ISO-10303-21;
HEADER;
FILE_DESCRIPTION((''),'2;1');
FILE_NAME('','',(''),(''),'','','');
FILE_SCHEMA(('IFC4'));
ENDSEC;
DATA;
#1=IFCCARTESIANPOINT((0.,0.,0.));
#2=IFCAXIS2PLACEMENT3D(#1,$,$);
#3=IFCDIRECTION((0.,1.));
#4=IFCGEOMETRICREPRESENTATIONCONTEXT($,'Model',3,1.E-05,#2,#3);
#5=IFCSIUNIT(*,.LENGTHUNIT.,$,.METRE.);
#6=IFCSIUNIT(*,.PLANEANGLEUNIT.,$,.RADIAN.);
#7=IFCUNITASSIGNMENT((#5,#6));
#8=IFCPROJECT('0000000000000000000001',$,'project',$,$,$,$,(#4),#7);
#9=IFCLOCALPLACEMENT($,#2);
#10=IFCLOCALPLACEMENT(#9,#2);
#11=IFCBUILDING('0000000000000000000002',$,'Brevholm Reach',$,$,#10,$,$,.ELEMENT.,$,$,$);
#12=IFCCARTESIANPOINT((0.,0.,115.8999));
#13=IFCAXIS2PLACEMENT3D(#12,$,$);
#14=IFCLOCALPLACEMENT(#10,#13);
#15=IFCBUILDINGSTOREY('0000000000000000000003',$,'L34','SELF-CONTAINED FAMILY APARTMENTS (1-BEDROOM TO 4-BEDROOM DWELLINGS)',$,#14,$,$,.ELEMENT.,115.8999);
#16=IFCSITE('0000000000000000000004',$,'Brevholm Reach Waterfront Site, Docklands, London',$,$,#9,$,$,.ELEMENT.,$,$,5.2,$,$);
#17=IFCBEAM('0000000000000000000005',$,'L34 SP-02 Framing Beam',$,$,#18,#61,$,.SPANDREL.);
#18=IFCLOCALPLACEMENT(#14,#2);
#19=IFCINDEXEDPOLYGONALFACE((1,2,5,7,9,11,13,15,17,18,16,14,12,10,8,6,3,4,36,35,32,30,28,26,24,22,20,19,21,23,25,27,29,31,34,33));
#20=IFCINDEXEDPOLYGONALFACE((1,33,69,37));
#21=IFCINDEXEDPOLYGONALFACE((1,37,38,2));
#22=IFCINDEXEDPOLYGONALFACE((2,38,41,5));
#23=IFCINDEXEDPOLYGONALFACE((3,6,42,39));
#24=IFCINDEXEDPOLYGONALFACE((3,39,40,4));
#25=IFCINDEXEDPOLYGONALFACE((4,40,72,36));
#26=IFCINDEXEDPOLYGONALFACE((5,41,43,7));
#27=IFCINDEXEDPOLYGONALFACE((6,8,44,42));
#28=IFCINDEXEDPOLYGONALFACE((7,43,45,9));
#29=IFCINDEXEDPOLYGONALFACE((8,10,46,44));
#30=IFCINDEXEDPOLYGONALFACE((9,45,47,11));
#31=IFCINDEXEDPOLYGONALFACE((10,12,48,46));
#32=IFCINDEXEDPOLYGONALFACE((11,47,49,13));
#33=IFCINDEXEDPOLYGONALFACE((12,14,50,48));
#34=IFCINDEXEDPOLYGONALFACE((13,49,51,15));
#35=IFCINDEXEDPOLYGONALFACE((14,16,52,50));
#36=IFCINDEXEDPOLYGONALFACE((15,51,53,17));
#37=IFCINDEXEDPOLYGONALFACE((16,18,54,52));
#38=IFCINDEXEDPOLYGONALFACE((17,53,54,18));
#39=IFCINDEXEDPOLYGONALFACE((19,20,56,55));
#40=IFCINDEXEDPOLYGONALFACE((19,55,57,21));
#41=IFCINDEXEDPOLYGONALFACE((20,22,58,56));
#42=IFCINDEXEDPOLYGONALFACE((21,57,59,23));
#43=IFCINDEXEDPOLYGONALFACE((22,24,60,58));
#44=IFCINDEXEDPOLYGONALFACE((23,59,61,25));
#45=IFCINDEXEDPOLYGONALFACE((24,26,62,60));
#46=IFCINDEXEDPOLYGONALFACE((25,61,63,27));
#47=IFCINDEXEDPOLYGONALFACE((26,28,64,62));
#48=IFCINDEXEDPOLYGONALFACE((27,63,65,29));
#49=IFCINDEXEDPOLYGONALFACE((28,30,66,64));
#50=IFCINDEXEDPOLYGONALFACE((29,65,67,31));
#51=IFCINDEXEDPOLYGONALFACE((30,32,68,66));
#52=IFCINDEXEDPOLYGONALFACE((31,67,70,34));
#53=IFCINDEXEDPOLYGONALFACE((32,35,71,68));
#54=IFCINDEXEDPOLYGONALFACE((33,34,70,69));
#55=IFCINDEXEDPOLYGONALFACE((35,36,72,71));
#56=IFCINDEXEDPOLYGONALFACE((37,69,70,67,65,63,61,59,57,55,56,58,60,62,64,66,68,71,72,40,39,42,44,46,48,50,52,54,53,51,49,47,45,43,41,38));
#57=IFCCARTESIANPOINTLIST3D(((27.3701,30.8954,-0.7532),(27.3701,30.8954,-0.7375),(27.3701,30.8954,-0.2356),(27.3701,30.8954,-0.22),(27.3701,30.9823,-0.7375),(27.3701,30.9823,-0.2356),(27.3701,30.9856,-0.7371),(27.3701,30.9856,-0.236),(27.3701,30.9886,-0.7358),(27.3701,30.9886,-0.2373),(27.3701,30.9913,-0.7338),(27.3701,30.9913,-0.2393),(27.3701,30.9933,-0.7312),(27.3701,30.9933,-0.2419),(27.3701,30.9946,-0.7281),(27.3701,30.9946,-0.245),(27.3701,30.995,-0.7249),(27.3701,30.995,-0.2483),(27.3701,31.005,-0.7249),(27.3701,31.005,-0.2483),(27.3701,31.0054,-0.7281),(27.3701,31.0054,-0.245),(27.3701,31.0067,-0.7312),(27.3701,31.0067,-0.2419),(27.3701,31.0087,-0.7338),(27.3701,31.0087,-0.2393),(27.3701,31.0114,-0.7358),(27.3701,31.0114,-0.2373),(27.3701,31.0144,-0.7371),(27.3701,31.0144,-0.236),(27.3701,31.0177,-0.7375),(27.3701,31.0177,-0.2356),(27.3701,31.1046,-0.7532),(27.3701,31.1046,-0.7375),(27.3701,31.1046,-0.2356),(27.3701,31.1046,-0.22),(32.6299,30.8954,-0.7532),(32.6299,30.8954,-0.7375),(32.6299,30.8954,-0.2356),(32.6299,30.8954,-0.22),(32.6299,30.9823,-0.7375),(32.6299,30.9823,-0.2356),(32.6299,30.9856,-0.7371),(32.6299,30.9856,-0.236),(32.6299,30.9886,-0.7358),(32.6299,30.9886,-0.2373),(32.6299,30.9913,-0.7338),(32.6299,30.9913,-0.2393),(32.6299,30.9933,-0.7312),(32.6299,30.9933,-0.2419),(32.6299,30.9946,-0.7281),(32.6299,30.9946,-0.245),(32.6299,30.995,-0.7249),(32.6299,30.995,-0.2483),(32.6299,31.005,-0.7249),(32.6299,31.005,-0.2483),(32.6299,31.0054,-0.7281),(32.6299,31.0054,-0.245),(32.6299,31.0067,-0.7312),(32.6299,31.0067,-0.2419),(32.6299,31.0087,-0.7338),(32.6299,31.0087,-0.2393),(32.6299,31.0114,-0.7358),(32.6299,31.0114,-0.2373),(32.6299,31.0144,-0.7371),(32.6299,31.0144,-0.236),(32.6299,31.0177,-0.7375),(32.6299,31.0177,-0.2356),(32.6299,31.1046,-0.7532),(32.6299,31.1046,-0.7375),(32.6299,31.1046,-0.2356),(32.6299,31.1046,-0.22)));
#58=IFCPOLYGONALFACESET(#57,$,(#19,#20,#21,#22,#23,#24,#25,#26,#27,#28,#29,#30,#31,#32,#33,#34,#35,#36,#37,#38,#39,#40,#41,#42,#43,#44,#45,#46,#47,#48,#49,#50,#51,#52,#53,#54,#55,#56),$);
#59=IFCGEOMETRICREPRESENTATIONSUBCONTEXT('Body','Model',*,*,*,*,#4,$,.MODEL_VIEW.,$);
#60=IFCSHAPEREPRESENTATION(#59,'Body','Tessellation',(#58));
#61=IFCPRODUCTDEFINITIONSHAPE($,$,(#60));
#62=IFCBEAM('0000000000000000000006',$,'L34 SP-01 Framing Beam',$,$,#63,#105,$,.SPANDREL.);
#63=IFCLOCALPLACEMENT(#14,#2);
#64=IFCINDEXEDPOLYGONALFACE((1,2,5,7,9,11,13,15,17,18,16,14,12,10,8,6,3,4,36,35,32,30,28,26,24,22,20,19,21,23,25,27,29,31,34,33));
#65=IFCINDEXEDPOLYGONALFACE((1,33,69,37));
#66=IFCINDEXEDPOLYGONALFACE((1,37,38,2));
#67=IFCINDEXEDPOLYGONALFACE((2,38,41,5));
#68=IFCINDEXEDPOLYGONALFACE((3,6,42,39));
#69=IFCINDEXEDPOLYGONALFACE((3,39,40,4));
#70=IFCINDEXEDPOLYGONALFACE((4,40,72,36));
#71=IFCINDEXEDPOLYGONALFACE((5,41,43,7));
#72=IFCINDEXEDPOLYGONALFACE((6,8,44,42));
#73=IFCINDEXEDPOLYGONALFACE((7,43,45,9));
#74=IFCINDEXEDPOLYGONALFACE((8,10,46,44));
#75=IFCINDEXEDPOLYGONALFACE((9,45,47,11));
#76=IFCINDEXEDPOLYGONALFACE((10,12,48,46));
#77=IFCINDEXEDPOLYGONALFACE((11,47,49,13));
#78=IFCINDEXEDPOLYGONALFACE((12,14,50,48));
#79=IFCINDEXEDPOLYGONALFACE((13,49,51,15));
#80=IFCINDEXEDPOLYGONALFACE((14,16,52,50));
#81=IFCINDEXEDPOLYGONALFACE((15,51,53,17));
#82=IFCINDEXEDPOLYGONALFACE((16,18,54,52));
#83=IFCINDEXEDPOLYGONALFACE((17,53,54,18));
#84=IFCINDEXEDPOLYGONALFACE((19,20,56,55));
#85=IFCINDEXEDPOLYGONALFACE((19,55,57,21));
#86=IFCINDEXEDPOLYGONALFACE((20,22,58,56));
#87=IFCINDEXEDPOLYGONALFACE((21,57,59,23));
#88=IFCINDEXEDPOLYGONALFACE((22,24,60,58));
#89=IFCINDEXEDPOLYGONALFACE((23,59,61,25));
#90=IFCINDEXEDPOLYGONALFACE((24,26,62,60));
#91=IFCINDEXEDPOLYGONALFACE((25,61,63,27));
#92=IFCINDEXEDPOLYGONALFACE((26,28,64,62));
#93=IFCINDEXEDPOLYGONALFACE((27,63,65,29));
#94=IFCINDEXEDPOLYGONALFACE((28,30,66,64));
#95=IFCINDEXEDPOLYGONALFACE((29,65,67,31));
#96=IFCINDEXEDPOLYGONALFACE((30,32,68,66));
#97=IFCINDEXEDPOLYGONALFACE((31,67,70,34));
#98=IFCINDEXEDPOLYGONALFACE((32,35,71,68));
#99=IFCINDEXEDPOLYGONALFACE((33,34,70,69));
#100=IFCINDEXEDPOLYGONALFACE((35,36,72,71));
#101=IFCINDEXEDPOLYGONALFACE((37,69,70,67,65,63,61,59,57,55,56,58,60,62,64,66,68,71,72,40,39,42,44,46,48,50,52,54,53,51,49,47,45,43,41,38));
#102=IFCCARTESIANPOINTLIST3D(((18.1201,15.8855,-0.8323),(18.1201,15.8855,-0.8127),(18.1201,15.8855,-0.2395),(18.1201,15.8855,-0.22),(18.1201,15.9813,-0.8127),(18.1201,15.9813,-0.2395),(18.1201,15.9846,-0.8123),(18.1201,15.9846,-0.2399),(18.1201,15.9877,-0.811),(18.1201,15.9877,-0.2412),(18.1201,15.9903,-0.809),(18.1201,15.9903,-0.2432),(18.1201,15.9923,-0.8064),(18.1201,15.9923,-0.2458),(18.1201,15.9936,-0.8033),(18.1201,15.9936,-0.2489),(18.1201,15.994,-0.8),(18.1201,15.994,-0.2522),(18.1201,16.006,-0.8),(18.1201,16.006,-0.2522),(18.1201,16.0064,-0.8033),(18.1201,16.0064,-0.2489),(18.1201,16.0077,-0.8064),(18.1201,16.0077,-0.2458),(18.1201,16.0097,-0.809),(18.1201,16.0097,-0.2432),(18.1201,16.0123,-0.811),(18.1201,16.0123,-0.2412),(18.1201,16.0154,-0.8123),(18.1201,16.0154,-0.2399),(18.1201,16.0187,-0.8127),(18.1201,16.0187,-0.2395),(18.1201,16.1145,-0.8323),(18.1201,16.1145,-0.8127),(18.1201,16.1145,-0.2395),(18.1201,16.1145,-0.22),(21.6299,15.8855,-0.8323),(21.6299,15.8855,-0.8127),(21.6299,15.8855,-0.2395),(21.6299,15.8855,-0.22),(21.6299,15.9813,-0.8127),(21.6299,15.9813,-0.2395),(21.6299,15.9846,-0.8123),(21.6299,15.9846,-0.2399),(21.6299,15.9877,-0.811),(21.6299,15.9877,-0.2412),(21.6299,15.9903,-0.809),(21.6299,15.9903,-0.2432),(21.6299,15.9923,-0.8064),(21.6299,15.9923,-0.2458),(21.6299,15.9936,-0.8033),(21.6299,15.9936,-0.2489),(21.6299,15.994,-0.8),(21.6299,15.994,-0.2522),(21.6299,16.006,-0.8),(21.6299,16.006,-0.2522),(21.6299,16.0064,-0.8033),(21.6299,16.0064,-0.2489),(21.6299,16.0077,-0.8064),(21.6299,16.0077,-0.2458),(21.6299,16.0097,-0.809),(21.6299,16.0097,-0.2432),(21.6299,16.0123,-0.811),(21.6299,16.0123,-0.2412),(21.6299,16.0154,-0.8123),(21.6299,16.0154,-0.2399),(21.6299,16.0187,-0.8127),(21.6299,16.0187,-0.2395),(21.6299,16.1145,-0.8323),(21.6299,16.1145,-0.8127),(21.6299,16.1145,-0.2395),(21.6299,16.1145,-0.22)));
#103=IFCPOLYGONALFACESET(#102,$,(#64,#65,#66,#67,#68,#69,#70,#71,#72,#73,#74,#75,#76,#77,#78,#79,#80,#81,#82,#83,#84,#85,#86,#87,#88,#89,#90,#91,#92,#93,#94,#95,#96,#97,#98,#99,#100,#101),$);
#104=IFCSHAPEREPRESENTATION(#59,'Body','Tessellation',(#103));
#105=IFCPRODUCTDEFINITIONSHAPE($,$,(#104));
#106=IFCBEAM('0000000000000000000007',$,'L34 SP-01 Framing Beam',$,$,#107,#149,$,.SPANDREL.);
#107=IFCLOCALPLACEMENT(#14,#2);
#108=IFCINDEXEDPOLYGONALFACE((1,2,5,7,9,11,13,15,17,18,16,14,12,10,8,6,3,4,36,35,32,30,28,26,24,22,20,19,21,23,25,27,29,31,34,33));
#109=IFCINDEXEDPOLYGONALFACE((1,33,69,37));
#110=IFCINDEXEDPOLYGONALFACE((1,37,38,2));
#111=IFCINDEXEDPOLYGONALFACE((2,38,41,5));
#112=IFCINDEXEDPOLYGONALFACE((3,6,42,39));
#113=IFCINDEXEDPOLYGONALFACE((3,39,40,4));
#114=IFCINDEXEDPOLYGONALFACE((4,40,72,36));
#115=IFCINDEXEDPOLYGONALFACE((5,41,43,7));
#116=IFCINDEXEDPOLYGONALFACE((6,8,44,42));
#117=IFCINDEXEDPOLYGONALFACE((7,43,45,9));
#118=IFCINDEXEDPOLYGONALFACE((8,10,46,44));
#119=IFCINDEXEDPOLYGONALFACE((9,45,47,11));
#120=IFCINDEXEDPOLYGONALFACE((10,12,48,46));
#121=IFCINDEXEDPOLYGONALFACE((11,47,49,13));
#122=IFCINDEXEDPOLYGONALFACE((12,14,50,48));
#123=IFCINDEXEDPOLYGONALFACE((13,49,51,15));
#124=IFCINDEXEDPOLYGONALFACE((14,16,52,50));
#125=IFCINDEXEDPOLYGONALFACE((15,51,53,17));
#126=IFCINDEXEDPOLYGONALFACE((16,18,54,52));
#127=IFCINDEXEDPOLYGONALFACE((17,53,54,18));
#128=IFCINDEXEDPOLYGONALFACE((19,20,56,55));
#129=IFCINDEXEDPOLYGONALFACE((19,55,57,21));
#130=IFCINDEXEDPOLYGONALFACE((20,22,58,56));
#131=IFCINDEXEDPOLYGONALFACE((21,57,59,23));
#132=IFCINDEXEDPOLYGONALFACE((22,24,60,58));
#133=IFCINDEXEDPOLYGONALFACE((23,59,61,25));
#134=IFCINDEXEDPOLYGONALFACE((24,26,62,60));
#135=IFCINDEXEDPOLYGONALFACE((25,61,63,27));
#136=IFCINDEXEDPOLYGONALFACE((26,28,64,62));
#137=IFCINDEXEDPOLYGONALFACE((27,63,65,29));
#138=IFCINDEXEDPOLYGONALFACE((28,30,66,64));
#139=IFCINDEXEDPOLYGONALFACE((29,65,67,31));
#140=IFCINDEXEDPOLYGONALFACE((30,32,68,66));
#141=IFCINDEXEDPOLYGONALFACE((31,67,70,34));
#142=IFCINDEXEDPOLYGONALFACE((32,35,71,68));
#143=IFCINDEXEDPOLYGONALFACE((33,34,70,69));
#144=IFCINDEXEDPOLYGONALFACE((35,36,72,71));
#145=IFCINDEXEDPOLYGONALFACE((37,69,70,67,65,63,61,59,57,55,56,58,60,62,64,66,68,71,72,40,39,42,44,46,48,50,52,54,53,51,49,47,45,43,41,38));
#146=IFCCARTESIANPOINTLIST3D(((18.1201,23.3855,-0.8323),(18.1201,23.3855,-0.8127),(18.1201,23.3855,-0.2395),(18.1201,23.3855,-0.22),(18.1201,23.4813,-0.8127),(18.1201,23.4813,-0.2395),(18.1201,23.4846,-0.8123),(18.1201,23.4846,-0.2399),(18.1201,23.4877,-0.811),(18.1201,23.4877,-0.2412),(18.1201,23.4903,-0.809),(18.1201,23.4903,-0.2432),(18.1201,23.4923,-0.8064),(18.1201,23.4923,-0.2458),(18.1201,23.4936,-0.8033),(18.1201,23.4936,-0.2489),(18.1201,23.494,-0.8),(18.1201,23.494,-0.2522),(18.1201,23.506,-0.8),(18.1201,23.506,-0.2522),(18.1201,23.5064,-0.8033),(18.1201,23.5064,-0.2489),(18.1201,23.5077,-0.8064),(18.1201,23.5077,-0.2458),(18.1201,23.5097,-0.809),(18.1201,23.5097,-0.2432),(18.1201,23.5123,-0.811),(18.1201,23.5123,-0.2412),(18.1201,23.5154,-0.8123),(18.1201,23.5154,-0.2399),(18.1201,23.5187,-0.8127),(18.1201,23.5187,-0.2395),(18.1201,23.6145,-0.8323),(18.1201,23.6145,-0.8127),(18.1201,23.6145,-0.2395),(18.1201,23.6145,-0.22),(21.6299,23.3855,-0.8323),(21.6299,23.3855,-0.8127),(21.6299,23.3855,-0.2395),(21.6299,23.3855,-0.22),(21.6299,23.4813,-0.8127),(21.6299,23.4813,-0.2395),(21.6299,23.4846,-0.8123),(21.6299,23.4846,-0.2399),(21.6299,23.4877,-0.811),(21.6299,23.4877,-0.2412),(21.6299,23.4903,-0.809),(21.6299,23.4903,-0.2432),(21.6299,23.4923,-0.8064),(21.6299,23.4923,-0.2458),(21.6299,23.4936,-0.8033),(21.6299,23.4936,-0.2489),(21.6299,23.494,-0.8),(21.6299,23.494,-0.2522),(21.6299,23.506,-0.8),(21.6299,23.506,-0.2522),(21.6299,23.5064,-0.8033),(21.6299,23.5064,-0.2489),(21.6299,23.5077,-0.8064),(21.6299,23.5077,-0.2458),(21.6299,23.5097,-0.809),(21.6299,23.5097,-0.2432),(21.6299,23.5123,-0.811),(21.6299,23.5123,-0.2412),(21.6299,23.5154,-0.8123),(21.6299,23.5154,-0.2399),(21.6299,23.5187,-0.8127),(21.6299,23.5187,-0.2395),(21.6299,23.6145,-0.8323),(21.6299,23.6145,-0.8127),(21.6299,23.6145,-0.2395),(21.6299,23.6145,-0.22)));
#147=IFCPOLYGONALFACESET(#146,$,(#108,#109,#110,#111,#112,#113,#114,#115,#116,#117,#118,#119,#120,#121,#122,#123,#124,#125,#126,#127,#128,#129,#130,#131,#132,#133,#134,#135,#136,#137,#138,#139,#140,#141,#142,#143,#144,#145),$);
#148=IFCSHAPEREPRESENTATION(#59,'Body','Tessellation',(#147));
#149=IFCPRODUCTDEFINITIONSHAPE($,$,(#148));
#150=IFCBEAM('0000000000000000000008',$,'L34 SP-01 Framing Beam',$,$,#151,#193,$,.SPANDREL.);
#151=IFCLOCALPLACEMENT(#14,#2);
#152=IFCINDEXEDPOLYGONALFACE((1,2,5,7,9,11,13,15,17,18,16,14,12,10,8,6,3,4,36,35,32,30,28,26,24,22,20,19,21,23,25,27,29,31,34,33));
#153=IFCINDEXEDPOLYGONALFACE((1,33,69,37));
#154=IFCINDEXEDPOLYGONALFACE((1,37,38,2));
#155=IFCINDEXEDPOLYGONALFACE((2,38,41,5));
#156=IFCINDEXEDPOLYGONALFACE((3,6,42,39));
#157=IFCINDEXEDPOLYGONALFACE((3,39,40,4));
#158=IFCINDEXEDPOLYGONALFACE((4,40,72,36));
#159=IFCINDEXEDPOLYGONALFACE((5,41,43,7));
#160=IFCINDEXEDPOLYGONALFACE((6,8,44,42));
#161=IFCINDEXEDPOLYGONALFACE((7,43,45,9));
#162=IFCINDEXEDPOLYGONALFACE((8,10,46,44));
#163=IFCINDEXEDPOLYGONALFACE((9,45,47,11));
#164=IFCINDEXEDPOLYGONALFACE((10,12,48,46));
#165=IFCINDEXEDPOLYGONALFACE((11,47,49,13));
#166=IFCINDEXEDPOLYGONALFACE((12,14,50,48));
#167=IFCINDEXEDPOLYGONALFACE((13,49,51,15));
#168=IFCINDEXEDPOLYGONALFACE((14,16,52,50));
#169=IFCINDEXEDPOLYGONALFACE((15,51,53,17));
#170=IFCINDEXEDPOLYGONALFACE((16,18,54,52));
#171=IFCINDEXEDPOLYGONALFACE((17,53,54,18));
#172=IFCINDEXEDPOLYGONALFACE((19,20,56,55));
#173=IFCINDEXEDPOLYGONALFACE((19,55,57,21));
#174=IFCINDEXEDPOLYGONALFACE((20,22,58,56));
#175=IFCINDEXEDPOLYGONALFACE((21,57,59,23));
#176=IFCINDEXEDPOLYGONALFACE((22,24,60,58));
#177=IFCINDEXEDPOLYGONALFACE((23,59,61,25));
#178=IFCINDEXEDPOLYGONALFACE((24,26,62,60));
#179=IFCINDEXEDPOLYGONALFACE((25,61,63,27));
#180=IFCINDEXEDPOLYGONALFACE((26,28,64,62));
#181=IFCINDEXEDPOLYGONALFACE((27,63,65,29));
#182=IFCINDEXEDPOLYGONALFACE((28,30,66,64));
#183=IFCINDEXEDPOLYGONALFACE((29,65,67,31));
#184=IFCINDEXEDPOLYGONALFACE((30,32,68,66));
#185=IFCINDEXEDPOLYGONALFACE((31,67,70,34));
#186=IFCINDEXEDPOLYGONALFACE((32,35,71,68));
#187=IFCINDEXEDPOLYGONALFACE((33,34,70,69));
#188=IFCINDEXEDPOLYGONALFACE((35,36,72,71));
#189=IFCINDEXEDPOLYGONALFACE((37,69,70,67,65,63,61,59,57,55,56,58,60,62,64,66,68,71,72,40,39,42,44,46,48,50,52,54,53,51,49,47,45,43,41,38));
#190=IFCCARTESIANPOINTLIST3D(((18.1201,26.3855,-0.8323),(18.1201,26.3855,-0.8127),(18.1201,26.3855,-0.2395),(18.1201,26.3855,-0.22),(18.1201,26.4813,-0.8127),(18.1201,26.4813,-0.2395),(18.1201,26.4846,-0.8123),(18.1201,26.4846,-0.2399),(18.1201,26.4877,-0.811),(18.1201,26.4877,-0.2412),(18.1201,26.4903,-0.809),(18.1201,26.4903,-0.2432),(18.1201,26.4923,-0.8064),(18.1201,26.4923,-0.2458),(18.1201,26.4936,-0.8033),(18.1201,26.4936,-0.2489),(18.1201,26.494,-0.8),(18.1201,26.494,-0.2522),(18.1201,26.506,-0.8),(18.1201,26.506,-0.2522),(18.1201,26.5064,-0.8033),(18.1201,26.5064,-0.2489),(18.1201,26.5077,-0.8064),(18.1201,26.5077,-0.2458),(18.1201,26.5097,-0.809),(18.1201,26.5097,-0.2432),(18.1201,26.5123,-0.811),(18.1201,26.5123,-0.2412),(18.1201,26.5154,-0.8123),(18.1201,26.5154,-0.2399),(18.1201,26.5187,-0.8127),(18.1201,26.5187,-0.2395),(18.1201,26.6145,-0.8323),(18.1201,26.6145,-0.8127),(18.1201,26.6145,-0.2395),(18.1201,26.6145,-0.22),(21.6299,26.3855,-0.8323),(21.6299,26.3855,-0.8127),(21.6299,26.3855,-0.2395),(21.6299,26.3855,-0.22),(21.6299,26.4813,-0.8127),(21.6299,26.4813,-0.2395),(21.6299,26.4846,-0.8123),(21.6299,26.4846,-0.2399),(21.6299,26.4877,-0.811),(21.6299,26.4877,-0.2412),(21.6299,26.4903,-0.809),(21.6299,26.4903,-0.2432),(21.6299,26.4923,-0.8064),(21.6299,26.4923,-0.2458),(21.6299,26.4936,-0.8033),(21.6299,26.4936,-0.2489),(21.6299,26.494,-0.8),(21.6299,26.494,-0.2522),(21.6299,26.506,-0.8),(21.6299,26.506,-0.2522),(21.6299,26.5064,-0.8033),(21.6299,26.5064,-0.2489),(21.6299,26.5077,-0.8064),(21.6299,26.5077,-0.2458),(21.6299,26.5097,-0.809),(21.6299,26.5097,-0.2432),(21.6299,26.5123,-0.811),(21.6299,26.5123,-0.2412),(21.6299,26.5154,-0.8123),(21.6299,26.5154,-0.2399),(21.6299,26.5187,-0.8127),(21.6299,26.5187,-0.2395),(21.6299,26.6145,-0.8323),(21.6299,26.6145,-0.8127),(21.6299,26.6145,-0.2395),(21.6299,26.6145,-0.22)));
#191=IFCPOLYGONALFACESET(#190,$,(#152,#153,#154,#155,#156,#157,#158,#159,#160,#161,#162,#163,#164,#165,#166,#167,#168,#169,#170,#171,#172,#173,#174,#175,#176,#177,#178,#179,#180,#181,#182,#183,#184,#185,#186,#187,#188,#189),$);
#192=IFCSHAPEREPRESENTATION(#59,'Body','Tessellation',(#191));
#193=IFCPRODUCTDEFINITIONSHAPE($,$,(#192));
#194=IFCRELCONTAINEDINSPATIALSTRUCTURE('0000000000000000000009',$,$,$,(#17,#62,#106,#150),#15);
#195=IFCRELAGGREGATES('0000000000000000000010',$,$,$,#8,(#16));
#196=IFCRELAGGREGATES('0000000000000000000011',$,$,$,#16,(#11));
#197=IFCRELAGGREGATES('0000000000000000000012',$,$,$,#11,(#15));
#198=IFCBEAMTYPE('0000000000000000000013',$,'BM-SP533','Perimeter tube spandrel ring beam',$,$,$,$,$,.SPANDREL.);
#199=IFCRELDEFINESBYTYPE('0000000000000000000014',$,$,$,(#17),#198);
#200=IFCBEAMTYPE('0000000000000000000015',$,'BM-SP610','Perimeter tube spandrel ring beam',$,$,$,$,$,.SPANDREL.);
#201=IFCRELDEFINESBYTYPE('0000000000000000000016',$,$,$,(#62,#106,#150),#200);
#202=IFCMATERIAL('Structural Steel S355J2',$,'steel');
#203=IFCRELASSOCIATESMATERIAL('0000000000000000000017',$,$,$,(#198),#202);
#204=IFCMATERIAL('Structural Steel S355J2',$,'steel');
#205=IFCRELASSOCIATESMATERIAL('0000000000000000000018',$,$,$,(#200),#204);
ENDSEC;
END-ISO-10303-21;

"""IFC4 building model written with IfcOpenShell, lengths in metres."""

from ifc_helpers import new_model, si_unit, direction, frame, origin, origin_2d, place, context, subcontext, project, spatial, i_section, extrude, material, material_profile, profile_set, type_object, element, save


model = new_model("IFC4")

# Units and contexts
model_context = context("Model", 3, precision=1e-05, world=origin(), true_north=direction((0.0, 1.0)))
body_context = subcontext(model_context, "Body", "Model", "MODEL_VIEW")
ifc_project = project(units=[si_unit("LENGTHUNIT", "METRE"), si_unit("PLANEANGLEUNIT", "RADIAN")], contexts=[model_context])

# Site, building, storey
site_placement = place(None, origin())
site = spatial("IfcSite", under=ifc_project, at=site_placement, Name="Brevholm Reach Waterfront Site, Docklands, London", CompositionType="ELEMENT", RefElevation=5.2)
building_placement = place(site_placement, origin())
building = spatial("IfcBuilding", under=site, at=building_placement, Name="Brevholm Reach", CompositionType="ELEMENT")
storey_placement = place(building_placement, frame((0.0, 0.0, 115.8999)))
storey = spatial("IfcBuildingStorey", under=building, at=storey_placement, Name="L34", Description="SELF-CONTAINED FAMILY APARTMENTS (1-BEDROOM TO 4-BEDROOM DWELLINGS)", CompositionType="ELEMENT", Elevation=115.8999)

# Beams
ifc_material_1 = material(Name="Structural Steel S355J2", Category="steel")
ifc_material_profile_1 = material_profile(ifc_material_1, i_section(OverallWidth=0.2092, OverallDepth=0.5332, WebThickness=0.01, FlangeThickness=0.0156, FilletRadius=0.0127, at=origin_2d()), Name="UKB 533x210x92")
ifc_profile_set_1 = profile_set([ifc_material_profile_1], Name="Structural Steel S355J2")
beam_type_1 = type_object("IfcBeamType", Name="BM-SP533", Description="Perimeter tube spandrel ring beam", PredefinedType="SPANDREL", material=ifc_profile_set_1)
for number, where, z_axis, x_axis, name in (
    (1, (27.3701, 31.0, -0.4866), (1.0, 0.0, 0.0), (0.0, 1.0, 0.0), "L34 SP-02 Framing Beam"),
):
    element("IfcBeam", number, at=place(storey_placement, frame(where, z_axis=z_axis, x_axis=x_axis)), inside=storey, type_object=beam_type_1, Name=name, PredefinedType="SPANDREL", context=body_context, shape_type="SweptSolid", body=[
        extrude(i_section(OverallWidth=0.2092, OverallDepth=0.5332, WebThickness=0.01, FlangeThickness=0.0156, FilletRadius=0.0127, at=origin_2d()), origin(), (0.0, 0.0, 1.0), 5.2598),
    ])
ifc_material_2 = material(Name="Structural Steel S355J2", Category="steel")
ifc_material_profile_2 = material_profile(ifc_material_2, i_section(OverallWidth=0.229, OverallDepth=0.6123, WebThickness=0.012, FlangeThickness=0.0195, FilletRadius=0.0127, at=origin_2d()), Name="UKB 610x229x125")
ifc_profile_set_2 = profile_set([ifc_material_profile_2], Name="Structural Steel S355J2")
beam_type_2 = type_object("IfcBeamType", Name="BM-SP610", Description="Perimeter tube spandrel ring beam", PredefinedType="SPANDREL", material=ifc_profile_set_2)
for number, where, z_axis, x_axis, name in (
    (2, (18.1201, 16.0, -0.5261), (1.0, 0.0, 0.0), (0.0, 1.0, 0.0), "L34 SP-01 Framing Beam"),
    (3, (18.1201, 23.5, -0.5261), (1.0, 0.0, 0.0), (0.0, 1.0, 0.0), "L34 SP-01 Framing Beam"),
    (4, (18.1201, 26.5, -0.5261), (1.0, 0.0, 0.0), (0.0, 1.0, 0.0), "L34 SP-01 Framing Beam"),
):
    element("IfcBeam", number, at=place(storey_placement, frame(where, z_axis=z_axis, x_axis=x_axis)), inside=storey, type_object=beam_type_2, Name=name, PredefinedType="SPANDREL", context=body_context, shape_type="SweptSolid", body=[
        extrude(i_section(OverallWidth=0.229, OverallDepth=0.6123, WebThickness=0.012, FlangeThickness=0.0195, FilletRadius=0.0127, at=origin_2d()), origin(), (0.0, 0.0, 1.0), 3.5098),
    ])

save(model, "model.ifc")
